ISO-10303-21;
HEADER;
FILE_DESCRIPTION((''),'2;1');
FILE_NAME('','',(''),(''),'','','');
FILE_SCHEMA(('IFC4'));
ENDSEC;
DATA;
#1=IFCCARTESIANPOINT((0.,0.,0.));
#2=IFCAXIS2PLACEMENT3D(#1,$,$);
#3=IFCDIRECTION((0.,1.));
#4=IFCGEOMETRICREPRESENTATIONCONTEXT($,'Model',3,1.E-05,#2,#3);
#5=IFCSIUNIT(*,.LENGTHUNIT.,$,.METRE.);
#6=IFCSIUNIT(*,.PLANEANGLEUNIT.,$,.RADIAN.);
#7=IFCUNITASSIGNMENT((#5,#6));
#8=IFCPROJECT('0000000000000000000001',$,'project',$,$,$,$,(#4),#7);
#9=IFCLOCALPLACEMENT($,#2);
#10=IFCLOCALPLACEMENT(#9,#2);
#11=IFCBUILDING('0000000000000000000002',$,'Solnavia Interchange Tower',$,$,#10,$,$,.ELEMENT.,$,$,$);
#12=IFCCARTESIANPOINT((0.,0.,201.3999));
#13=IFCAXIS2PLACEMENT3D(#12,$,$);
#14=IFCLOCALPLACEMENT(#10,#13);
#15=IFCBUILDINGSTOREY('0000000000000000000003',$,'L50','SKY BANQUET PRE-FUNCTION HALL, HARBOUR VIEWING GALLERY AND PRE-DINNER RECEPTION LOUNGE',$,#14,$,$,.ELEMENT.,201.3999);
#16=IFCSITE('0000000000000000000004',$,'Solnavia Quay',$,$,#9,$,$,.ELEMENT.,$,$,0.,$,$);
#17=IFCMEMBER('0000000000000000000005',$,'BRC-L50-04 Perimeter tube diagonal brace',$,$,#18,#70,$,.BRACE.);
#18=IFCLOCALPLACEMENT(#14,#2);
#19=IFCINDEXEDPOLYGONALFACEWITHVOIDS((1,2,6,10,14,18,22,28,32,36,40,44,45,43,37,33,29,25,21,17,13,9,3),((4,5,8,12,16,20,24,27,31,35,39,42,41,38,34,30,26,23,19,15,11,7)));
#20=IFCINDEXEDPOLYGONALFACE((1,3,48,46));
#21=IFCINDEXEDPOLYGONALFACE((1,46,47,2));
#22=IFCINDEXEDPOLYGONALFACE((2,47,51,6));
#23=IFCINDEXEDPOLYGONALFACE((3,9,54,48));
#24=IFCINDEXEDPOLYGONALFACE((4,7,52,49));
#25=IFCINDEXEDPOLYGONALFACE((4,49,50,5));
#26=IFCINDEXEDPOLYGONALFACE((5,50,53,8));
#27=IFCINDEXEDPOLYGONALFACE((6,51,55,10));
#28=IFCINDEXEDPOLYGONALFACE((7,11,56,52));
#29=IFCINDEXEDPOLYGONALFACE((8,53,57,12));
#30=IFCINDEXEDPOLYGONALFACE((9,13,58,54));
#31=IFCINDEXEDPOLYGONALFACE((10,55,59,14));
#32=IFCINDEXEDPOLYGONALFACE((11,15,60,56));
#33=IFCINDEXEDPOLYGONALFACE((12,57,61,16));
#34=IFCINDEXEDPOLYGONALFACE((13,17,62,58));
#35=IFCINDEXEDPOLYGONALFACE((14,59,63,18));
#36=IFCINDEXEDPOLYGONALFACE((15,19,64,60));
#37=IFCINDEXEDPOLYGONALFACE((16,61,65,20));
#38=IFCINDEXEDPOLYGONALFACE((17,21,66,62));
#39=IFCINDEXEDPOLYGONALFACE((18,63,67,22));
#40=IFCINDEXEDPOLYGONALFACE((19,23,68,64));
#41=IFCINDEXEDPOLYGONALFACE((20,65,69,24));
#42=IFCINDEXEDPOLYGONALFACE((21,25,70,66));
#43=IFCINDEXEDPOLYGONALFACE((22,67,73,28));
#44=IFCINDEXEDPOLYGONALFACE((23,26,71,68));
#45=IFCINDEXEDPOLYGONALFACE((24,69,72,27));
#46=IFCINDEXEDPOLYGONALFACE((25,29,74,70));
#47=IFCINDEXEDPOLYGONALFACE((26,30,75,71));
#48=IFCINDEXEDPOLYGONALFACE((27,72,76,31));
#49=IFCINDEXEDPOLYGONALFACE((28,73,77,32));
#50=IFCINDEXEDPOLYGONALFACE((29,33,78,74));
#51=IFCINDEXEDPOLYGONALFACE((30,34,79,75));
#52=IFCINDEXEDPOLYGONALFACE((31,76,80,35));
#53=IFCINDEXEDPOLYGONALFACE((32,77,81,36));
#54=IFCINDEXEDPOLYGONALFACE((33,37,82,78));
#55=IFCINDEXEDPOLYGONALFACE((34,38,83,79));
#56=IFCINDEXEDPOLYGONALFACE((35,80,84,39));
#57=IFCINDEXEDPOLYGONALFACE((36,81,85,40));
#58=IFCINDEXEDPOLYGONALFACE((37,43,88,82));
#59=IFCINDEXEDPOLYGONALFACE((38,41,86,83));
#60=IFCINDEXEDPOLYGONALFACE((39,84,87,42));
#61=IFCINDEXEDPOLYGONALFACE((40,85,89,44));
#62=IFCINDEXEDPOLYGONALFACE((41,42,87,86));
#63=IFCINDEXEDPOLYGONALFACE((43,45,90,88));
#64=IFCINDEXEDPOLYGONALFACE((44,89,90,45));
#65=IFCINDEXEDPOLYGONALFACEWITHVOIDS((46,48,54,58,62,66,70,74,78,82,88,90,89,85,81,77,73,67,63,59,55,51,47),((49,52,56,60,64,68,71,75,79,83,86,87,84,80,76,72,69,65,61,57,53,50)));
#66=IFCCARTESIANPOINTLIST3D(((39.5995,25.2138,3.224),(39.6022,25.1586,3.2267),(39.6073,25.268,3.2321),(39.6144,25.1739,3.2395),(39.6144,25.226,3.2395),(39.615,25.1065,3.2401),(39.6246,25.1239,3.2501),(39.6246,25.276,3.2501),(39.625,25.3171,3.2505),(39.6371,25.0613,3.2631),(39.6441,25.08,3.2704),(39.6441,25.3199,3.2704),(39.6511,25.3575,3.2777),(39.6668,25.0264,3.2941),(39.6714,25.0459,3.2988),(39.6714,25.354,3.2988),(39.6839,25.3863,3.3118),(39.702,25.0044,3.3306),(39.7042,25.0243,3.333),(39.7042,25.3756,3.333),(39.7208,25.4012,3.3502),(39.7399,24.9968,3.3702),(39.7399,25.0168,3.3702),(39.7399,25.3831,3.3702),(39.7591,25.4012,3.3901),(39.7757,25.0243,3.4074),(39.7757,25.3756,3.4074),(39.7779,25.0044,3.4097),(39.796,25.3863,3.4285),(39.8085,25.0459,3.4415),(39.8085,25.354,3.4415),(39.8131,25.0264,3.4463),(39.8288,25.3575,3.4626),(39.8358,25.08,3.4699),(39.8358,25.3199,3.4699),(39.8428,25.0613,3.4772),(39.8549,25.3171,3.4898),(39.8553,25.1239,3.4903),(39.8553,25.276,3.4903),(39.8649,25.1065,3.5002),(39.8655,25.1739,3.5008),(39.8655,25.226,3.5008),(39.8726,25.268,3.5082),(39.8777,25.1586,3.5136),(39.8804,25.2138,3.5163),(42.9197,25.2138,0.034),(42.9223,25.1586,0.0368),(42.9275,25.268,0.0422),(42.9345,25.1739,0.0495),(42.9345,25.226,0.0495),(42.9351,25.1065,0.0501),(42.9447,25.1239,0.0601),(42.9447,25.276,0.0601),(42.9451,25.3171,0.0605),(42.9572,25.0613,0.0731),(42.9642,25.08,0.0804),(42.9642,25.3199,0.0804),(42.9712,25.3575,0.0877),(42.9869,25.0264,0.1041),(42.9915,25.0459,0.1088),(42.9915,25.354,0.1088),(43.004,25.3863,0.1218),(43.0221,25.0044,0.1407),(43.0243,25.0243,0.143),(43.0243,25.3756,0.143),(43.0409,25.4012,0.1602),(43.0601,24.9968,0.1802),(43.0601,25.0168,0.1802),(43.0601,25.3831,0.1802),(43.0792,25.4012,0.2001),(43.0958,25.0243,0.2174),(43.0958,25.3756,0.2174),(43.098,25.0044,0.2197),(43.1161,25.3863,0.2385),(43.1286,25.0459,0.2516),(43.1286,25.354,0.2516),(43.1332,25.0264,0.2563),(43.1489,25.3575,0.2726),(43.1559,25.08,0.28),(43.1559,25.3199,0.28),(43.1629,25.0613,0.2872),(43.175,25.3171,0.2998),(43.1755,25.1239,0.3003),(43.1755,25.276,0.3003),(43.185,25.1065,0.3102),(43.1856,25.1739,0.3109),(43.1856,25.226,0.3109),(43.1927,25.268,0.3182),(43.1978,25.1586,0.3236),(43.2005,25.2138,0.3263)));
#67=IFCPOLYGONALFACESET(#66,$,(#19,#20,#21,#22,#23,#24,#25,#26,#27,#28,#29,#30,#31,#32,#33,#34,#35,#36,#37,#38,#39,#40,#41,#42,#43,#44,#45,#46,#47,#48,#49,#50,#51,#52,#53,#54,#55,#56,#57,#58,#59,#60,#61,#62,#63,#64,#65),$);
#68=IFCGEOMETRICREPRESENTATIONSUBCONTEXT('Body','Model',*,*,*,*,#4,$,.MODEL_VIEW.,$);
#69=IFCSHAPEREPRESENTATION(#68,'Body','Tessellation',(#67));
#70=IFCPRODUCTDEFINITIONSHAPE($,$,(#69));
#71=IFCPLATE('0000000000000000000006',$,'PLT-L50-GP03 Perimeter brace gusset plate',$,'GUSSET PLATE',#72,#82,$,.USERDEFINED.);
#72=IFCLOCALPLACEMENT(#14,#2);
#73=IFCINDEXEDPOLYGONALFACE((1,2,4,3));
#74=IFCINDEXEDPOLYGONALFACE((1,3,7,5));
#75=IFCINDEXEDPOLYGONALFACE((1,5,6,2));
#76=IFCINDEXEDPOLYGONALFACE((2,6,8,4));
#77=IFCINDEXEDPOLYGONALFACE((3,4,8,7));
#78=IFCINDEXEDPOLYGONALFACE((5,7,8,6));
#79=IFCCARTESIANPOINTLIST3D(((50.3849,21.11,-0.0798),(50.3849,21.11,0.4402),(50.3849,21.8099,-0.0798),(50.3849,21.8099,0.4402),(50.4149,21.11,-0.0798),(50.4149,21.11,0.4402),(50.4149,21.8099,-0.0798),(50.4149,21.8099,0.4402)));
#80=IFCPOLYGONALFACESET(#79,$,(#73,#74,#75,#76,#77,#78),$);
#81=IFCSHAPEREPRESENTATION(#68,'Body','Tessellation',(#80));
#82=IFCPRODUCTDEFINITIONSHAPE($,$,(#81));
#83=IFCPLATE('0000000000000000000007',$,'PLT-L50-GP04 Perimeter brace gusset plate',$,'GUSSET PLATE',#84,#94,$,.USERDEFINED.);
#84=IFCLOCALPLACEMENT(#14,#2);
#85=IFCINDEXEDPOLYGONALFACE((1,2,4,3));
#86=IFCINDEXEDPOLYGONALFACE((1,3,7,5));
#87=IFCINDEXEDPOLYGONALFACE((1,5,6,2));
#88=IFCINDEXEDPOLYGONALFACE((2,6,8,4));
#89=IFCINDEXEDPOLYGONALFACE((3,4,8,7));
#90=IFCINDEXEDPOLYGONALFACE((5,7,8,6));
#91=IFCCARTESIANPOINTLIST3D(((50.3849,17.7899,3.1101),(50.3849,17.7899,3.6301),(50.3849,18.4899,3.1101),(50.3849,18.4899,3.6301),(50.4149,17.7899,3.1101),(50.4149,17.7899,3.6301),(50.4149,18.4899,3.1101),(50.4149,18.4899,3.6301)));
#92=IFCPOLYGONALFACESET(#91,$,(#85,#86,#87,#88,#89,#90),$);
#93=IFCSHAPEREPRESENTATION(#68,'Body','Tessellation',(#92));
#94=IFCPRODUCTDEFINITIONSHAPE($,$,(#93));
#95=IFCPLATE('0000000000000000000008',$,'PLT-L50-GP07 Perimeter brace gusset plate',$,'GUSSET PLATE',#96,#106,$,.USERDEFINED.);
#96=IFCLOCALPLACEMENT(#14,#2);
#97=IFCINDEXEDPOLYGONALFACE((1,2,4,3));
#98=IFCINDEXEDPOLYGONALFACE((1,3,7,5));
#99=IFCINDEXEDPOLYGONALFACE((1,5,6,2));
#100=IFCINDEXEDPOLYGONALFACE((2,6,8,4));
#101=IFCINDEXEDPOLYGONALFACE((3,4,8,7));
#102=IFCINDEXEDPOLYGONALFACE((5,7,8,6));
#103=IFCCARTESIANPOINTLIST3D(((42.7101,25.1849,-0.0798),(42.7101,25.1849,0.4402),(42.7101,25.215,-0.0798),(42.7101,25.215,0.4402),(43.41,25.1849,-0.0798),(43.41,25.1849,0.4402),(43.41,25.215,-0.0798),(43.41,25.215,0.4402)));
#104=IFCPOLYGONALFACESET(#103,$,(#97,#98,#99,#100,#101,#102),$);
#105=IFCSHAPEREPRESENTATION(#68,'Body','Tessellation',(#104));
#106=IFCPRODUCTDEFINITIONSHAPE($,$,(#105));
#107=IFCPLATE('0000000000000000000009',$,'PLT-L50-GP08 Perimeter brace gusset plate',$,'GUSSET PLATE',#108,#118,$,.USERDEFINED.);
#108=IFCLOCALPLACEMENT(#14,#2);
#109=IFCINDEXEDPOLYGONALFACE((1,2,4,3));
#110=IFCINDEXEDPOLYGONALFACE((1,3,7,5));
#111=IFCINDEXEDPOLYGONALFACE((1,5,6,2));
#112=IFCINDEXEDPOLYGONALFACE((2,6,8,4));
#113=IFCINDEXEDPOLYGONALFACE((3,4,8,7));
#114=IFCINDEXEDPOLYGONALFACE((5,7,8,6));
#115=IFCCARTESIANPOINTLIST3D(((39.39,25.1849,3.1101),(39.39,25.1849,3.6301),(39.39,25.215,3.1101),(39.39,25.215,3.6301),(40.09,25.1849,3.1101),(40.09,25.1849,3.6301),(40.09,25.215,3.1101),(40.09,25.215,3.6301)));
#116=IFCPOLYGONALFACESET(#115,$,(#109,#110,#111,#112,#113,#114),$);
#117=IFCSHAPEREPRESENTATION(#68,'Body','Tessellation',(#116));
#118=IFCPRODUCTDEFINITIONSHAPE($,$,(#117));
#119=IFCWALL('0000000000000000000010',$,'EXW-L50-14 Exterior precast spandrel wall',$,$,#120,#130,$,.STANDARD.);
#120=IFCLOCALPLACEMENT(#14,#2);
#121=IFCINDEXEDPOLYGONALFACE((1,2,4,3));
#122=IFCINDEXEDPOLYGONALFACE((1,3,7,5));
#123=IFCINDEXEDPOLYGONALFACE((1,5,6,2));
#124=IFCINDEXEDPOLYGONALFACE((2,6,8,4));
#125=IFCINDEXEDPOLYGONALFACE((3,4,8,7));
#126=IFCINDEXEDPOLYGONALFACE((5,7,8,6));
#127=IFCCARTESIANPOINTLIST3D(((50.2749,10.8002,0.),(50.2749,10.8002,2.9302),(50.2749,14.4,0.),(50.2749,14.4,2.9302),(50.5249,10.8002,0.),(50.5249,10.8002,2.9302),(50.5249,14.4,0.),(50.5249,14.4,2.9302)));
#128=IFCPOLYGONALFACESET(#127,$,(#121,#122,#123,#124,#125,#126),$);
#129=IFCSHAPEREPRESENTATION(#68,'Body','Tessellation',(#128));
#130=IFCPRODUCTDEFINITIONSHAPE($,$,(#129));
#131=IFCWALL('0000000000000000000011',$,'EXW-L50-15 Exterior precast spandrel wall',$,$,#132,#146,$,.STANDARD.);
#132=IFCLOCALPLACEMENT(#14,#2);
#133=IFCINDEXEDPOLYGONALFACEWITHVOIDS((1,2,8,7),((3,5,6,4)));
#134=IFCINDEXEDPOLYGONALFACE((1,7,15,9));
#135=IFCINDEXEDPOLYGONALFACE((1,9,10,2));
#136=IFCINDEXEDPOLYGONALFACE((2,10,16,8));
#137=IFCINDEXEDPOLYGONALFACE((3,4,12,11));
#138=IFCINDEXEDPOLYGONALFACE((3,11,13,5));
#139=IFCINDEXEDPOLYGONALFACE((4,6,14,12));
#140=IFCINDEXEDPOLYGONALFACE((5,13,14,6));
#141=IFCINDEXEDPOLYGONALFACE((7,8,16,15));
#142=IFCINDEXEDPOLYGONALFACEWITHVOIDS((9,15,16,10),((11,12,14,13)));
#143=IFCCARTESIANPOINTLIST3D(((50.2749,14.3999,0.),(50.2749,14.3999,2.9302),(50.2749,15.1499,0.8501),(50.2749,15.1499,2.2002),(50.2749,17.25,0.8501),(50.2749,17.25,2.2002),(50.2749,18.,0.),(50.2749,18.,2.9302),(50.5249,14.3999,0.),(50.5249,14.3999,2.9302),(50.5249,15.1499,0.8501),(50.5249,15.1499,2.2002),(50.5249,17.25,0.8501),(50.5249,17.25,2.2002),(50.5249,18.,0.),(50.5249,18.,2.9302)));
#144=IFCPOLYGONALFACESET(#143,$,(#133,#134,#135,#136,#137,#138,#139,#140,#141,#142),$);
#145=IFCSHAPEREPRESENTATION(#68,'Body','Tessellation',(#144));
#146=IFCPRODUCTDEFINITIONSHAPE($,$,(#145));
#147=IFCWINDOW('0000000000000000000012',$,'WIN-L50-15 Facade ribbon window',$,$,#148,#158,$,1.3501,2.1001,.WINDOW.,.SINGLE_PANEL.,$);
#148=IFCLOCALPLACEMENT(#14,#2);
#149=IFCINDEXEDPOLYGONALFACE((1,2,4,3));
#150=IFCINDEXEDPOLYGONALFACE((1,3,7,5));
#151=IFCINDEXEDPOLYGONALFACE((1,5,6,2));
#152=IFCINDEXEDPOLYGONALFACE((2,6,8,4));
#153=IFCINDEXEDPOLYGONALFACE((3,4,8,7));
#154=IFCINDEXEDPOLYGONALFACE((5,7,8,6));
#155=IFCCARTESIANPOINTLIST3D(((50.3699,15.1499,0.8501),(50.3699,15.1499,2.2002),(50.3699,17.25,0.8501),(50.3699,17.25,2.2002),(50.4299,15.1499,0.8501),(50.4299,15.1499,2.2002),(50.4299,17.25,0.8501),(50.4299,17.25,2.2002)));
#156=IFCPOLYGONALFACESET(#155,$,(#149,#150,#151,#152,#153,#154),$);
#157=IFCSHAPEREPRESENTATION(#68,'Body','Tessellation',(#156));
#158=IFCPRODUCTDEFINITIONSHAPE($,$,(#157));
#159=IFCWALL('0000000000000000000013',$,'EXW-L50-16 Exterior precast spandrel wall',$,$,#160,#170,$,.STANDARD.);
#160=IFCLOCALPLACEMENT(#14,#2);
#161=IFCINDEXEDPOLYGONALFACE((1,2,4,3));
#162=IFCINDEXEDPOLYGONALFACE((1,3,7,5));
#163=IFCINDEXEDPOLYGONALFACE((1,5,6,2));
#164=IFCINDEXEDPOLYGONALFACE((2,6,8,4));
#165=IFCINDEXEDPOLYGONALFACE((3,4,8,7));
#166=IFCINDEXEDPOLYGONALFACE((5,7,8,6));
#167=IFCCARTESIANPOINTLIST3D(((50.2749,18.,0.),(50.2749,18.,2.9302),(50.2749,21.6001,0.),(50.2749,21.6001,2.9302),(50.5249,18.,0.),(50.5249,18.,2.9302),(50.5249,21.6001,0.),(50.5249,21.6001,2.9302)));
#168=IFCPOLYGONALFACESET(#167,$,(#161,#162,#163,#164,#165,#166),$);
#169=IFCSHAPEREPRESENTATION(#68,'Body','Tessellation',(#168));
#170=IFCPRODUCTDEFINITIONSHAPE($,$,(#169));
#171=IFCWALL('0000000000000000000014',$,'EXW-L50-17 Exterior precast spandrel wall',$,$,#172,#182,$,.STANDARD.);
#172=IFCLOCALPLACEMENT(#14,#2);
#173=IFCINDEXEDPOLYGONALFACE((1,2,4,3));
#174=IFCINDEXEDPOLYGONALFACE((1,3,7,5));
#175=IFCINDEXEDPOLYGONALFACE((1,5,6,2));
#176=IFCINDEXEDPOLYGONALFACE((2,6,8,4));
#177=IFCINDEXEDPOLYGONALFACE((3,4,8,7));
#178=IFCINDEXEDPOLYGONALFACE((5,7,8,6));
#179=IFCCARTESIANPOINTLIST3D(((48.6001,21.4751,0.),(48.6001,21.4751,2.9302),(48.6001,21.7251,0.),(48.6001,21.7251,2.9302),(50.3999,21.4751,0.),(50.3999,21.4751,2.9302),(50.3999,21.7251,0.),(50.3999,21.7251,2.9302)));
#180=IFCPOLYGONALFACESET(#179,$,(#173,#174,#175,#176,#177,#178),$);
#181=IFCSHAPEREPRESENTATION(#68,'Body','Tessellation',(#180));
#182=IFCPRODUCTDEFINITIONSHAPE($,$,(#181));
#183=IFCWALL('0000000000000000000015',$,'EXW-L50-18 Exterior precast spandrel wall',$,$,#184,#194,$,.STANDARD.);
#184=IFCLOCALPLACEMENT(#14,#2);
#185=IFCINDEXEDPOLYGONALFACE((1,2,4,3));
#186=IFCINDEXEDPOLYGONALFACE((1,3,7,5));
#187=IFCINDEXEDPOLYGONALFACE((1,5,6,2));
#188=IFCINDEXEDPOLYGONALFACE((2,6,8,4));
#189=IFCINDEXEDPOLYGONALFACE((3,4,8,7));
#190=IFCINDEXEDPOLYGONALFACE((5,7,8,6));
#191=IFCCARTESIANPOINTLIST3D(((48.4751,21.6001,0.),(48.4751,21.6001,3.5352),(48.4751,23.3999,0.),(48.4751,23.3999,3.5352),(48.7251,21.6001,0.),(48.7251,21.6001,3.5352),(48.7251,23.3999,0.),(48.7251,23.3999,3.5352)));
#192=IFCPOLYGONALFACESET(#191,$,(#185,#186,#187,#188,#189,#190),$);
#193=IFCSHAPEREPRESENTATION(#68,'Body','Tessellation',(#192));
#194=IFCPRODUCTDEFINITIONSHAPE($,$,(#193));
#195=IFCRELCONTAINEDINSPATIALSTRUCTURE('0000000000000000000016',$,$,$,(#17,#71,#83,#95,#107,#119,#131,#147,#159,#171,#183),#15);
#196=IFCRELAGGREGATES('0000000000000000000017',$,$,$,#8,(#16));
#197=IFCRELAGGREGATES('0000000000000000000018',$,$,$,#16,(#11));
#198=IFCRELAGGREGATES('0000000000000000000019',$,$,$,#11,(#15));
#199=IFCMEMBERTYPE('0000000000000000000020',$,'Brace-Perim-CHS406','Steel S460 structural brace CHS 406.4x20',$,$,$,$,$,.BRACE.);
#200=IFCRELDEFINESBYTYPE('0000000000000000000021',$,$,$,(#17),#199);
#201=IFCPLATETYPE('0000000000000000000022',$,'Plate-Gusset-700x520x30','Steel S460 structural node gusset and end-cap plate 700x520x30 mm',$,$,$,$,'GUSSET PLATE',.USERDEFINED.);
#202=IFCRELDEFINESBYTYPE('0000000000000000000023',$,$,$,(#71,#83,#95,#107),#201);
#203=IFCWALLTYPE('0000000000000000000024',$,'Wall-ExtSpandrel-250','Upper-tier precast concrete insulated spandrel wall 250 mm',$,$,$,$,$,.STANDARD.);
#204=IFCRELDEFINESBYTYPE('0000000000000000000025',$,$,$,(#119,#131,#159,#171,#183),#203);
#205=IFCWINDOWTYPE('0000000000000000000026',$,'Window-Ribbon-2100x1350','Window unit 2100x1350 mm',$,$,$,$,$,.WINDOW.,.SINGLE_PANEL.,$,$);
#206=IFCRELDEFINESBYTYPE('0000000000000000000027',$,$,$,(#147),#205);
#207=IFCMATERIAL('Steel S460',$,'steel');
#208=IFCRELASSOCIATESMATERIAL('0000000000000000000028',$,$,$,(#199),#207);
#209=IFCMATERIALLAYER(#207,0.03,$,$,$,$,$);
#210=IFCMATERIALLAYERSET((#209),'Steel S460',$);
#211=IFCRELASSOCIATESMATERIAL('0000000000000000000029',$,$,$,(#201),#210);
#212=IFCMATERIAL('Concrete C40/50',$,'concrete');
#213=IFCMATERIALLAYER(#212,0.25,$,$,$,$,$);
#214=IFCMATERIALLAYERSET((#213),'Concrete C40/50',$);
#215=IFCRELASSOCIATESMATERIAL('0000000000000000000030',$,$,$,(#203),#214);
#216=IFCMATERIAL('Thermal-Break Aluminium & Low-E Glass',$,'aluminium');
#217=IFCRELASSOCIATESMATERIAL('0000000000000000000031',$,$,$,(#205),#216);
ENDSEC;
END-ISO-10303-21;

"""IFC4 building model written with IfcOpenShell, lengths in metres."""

from ifc_helpers import new_model, si_unit, direction, frame, frame_2d, origin, origin_2d, place, context, subcontext, project, spatial, rectangle, hollow_circle, extrude, material, layer, layer_set, material_profile, profile_set, type_object, element, fill, save


model = new_model("IFC4")

# Units and contexts
model_context = context("Model", 3, precision=1e-05, world=origin(), true_north=direction((0.0, 1.0)))
body_context = subcontext(model_context, "Body", "Model", "MODEL_VIEW")
ifc_project = project(units=[si_unit("LENGTHUNIT", "METRE"), si_unit("PLANEANGLEUNIT", "RADIAN")], contexts=[model_context])

# Site, building, storey
site_placement = place(None, origin())
site = spatial("IfcSite", under=ifc_project, at=site_placement, Name="Solnavia Quay", CompositionType="ELEMENT", RefElevation=0.0)
building_placement = place(site_placement, origin())
building = spatial("IfcBuilding", under=site, at=building_placement, Name="Solnavia Interchange Tower", CompositionType="ELEMENT")
storey_placement = place(building_placement, frame((0.0, 0.0, 201.3999)))
storey = spatial("IfcBuildingStorey", under=building, at=storey_placement, Name="L50", Description="SKY BANQUET PRE-FUNCTION HALL, HARBOUR VIEWING GALLERY AND PRE-DINNER RECEPTION LOUNGE", CompositionType="ELEMENT", Elevation=201.3999)

# Shared definitions
ifc_material_1 = material(Name="Steel S460", Category="steel")

# Member
ifc_material_profile_1 = material_profile(ifc_material_1, hollow_circle(Radius=0.2031, WallThickness=0.02, at=origin_2d()), Name="CHS 406.4x20")
ifc_profile_set_1 = profile_set([ifc_material_profile_1], Name="Steel S460")
member_type = type_object("IfcMemberType", Name="Brace-Perim-CHS406", Description="Steel S460 structural brace CHS 406.4x20", PredefinedType="BRACE", material=ifc_profile_set_1)
for number, where, z_axis, x_axis, name in (
    (1, (43.0601, 25.2, 0.1802), (-0.721097, 0.0, 0.692834), (0.0, -1.0, 0.0), "BRC-L50-04 Perimeter tube diagonal brace"),
):
    element("IfcMember", number, at=place(storey_placement, frame(where, z_axis=z_axis, x_axis=x_axis)), inside=storey, type_object=member_type, Name=name, PredefinedType="BRACE", context=body_context, shape_type="SweptSolid", body=[
        extrude(hollow_circle(Radius=0.2031, WallThickness=0.02, at=origin_2d()), origin(), (0.0, 0.0, 1.0), 4.6042),
    ])

# Plates
ifc_layer_1 = layer(ifc_material_1, 0.03)
ifc_layer_set_1 = layer_set([ifc_layer_1], Name="Steel S460")
plate_type = type_object("IfcPlateType", Name="Plate-Gusset-700x520x30", Description="Steel S460 structural node gusset and end-cap plate 700x520x30 mm", ElementType="GUSSET PLATE", PredefinedType="USERDEFINED", material=ifc_layer_set_1)
for number, where, z_axis, x_axis, name in (
    (2, (50.3999, 21.46, -0.0798), (0.0, 0.0, 1.0), (0.0, -1.0, 0.0), "PLT-L50-GP03 Perimeter brace gusset plate"),
    (3, (50.3999, 18.1399, 3.1101), (0.0, 0.0, 1.0), (0.0, -1.0, 0.0), "PLT-L50-GP04 Perimeter brace gusset plate"),
    (4, (43.0601, 25.2, -0.0798), (0.0, 0.0, 1.0), (-1.0, 0.0, 0.0), "PLT-L50-GP07 Perimeter brace gusset plate"),
    (5, (39.74, 25.2, 3.1101), (0.0, 0.0, 1.0), (-1.0, 0.0, 0.0), "PLT-L50-GP08 Perimeter brace gusset plate"),
):
    element("IfcPlate", number, at=place(storey_placement, frame(where, z_axis=z_axis, x_axis=x_axis)), inside=storey, type_object=plate_type, Name=name, ObjectType="GUSSET PLATE", PredefinedType="USERDEFINED", context=body_context, shape_type="SweptSolid", body=[
        extrude(rectangle(XDim=0.7, YDim=0.03, at=origin_2d()), origin(), (0.0, 0.0, 1.0), 0.52),
    ])

# Wall
ifc_material_2 = material(Name="Concrete C40/50", Category="concrete")
ifc_layer_2 = layer(ifc_material_2, 0.25)
ifc_layer_set_2 = layer_set([ifc_layer_2], Name="Concrete C40/50")
wall_type_1 = type_object("IfcWallType", Name="Wall-ExtSpandrel-250", Description="Upper-tier precast concrete insulated spandrel wall 250 mm", PredefinedType="STANDARD", material=ifc_layer_set_2)
wall_1_placement = place(storey_placement, frame((50.3999, 14.3999, 0.0), z_axis=(0.0, 0.0, 1.0), x_axis=(0.0, -1.0, 0.0)))
element("IfcWall", 6, at=wall_1_placement, inside=storey, type_object=wall_type_1, Name="EXW-L50-14 Exterior precast spandrel wall", PredefinedType="STANDARD", context=body_context, shape_type="SweptSolid", body=[
    extrude(rectangle(XDim=3.5999, YDim=0.25, at=frame_2d((1.7998, 0.0))), origin(), (0.0, 0.0, 1.0), 2.9302),
])

# Wall, opening, window
wall_2_placement = place(storey_placement, frame((50.3999, 18.0, 0.0), z_axis=(0.0, 0.0, 1.0), x_axis=(0.0, -1.0, 0.0)))
wall_2 = element("IfcWall", 7, at=wall_2_placement, inside=storey, type_object=wall_type_1, Name="EXW-L50-15 Exterior precast spandrel wall", PredefinedType="STANDARD", context=body_context, shape_type="SweptSolid", body=[
    extrude(rectangle(XDim=3.6001, YDim=0.25, at=frame_2d((1.8, 0.0))), origin(), (0.0, 0.0, 1.0), 2.9302),
])
opening_1_placement = place(wall_2_placement, frame((0.75, 0.0, 0.8501)))
opening_1 = element("IfcOpeningElement", 8, at=opening_1_placement, cuts=wall_2, PredefinedType="OPENING", context=body_context, shape_type="SweptSolid", body=[
    extrude(rectangle(XDim=2.1001, YDim=1.3501, at=frame_2d((1.05, 0.675))), frame((0.0, 0.135, 0.0), z_axis=(0.0, -1.0, 0.0), x_axis=(1.0, 0.0, 0.0)), (0.0, 0.0, 1.0), 0.27),
])
ifc_material_3 = material(Name="Thermal-Break Aluminium & Low-E Glass", Category="aluminium")
window_type = type_object("IfcWindowType", Name="Window-Ribbon-2100x1350", Description="Window unit 2100x1350 mm", PartitioningType="SINGLE_PANEL", PredefinedType="WINDOW", material=ifc_material_3)
window_1_placement = place(opening_1_placement, origin())
window_1 = element("IfcWindow", 9, at=window_1_placement, inside=storey, type_object=window_type, Name="WIN-L50-15 Facade ribbon window", OverallHeight=1.3501, OverallWidth=2.1001, PartitioningType="SINGLE_PANEL", PredefinedType="WINDOW", context=body_context, shape_type="SweptSolid", body=[
    extrude(rectangle(XDim=2.1001, YDim=1.3501, at=frame_2d((1.05, 0.675))), frame((0.0, 0.03, 0.0), z_axis=(0.0, -1.0, 0.0), x_axis=(1.0, 0.0, 0.0)), (0.0, 0.0, 1.0), 0.0601),
])
fill(opening_1, window_1)

# Walls
wall_3_placement = place(storey_placement, frame((50.3999, 21.6001, 0.0), z_axis=(0.0, 0.0, 1.0), x_axis=(0.0, -1.0, 0.0)))
element("IfcWall", 10, at=wall_3_placement, inside=storey, type_object=wall_type_1, Name="EXW-L50-16 Exterior precast spandrel wall", PredefinedType="STANDARD", context=body_context, shape_type="SweptSolid", body=[
    extrude(rectangle(XDim=3.6001, YDim=0.25, at=frame_2d((1.8, 0.0))), origin(), (0.0, 0.0, 1.0), 2.9302),
])
wall_4_placement = place(storey_placement, frame((48.6001, 21.6001, 0.0), z_axis=(0.0, 0.0, 1.0), x_axis=(1.0, 0.0, 0.0)))
element("IfcWall", 11, at=wall_4_placement, inside=storey, type_object=wall_type_1, Name="EXW-L50-17 Exterior precast spandrel wall", PredefinedType="STANDARD", context=body_context, shape_type="SweptSolid", body=[
    extrude(rectangle(XDim=1.7998, YDim=0.25, at=frame_2d((0.8999, 0.0))), origin(), (0.0, 0.0, 1.0), 2.9302),
])
wall_5_placement = place(storey_placement, frame((48.6001, 23.3999, 0.0), z_axis=(0.0, 0.0, 1.0), x_axis=(0.0, -1.0, 0.0)))
element("IfcWall", 12, at=wall_5_placement, inside=storey, type_object=wall_type_1, Name="EXW-L50-18 Exterior precast spandrel wall", PredefinedType="STANDARD", context=body_context, shape_type="SweptSolid", body=[
    extrude(rectangle(XDim=1.7998, YDim=0.25, at=frame_2d((0.8999, 0.0))), origin(), (0.0, 0.0, 1.0), 3.5352),
])

save(model, "model.ifc")
